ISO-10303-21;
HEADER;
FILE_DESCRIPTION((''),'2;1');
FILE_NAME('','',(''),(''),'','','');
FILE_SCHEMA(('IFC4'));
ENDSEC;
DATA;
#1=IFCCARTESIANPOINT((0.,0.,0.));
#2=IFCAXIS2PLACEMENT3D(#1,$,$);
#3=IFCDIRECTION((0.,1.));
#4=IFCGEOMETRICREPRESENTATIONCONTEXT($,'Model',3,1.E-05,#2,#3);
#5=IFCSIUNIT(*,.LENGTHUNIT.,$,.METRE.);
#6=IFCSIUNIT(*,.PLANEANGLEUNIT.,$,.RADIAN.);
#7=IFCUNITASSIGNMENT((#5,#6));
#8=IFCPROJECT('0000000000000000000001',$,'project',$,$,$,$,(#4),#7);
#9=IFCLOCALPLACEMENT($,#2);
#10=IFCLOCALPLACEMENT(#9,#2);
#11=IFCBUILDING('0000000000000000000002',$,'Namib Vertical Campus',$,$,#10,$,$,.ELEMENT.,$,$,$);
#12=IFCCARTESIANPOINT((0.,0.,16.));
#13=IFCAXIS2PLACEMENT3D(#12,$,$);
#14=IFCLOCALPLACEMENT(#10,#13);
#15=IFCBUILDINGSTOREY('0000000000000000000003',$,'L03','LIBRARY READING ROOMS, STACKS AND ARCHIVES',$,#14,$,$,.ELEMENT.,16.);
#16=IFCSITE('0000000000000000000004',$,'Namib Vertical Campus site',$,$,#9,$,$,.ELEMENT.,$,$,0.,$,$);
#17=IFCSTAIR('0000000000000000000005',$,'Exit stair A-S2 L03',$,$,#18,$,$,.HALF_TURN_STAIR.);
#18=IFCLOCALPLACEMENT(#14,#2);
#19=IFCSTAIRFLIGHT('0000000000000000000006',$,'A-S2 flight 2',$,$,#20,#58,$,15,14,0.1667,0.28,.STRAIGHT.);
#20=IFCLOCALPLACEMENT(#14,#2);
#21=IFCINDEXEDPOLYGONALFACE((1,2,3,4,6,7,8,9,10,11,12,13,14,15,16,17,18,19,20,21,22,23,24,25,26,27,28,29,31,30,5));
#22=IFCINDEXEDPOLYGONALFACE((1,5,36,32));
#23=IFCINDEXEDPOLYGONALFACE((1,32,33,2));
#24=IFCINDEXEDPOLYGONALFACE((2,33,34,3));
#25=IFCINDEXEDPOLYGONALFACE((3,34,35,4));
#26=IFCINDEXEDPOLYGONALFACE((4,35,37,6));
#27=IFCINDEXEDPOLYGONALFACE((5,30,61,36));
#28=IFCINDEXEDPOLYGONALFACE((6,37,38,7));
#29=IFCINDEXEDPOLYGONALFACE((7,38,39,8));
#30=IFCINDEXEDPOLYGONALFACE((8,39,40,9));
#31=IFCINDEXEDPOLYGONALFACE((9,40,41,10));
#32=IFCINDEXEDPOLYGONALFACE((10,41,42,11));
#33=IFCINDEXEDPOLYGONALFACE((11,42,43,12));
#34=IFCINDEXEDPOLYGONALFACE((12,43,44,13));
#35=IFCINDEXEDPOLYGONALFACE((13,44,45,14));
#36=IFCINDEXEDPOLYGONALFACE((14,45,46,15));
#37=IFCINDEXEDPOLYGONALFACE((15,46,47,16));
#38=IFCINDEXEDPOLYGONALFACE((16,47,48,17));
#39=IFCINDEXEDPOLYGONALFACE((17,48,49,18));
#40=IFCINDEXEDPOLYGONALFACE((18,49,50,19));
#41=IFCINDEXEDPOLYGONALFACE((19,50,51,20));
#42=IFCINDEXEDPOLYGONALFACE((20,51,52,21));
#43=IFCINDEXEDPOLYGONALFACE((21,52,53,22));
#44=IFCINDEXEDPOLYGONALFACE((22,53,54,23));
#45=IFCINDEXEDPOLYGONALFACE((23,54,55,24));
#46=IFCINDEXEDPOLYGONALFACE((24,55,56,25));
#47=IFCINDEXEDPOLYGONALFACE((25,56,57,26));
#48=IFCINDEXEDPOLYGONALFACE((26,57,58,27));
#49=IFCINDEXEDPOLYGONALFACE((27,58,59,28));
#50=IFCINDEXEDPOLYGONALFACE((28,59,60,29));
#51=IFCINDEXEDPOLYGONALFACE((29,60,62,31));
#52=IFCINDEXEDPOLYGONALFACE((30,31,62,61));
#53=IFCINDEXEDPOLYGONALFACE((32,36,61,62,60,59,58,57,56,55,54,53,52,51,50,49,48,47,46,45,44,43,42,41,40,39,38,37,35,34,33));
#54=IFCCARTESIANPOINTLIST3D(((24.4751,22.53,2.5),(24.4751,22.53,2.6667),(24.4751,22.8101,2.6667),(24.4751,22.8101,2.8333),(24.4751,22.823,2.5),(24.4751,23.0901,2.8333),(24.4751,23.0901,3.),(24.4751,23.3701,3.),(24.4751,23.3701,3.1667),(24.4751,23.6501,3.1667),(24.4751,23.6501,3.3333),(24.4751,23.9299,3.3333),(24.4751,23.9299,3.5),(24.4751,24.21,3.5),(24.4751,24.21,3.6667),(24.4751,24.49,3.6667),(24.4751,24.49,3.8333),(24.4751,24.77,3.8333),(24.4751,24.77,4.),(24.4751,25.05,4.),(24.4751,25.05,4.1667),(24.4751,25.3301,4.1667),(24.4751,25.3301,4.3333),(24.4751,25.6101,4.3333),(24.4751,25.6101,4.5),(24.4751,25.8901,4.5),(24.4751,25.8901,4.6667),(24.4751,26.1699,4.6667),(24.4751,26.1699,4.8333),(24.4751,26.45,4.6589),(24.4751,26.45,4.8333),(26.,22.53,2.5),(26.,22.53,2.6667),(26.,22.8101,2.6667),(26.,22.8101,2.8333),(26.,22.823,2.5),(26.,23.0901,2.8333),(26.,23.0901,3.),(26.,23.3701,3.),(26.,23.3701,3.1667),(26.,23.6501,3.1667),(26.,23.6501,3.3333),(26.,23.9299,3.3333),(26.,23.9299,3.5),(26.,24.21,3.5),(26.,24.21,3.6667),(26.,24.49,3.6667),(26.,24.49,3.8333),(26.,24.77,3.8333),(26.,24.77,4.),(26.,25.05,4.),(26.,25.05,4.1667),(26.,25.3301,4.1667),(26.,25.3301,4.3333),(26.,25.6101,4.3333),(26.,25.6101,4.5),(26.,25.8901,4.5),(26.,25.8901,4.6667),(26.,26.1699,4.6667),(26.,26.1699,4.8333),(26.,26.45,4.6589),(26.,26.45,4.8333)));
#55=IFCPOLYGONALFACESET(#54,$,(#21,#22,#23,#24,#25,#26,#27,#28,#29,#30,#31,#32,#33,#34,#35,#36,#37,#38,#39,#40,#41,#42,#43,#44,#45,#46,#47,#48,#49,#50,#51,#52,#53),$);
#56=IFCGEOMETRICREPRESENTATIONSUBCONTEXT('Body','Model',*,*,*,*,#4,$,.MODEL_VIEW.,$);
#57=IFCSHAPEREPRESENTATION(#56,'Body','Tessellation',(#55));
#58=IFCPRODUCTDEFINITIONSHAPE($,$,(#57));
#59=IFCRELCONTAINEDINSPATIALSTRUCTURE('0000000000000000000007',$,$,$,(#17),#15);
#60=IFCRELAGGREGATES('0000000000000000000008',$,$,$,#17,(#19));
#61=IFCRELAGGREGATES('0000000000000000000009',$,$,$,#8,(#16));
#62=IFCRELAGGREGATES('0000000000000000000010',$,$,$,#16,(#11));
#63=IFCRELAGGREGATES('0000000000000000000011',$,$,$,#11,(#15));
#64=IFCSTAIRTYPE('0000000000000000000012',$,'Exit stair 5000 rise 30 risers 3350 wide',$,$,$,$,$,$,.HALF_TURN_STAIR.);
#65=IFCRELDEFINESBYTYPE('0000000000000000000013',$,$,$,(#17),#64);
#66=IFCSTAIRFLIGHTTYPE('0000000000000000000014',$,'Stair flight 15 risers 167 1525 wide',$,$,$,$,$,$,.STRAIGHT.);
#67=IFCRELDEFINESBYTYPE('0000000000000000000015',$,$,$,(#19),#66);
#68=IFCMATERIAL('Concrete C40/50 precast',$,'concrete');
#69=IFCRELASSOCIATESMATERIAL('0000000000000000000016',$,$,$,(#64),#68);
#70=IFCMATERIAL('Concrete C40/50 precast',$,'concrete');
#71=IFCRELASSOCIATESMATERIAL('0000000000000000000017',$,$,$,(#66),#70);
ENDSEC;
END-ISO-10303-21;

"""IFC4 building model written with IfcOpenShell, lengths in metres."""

from ifc_helpers import new_model, si_unit, direction, frame, origin, place, context, subcontext, project, spatial, polyline, outline, extrude, material, type_object, element, aggregate, save


model = new_model("IFC4")

# Units and contexts
model_context = context("Model", 3, precision=1e-05, world=origin(), true_north=direction((0.0, 1.0)))
body_context = subcontext(model_context, "Body", "Model", "MODEL_VIEW")
ifc_project = project(units=[si_unit("LENGTHUNIT", "METRE"), si_unit("PLANEANGLEUNIT", "RADIAN")], contexts=[model_context])

# Site, building, storey
site_placement = place(None, origin())
site = spatial("IfcSite", under=ifc_project, at=site_placement, Name="Namib Vertical Campus site", CompositionType="ELEMENT", RefElevation=0.0)
building_placement = place(site_placement, origin())
building = spatial("IfcBuilding", under=site, at=building_placement, Name="Namib Vertical Campus", CompositionType="ELEMENT")
storey_placement = place(building_placement, frame((0.0, 0.0, 16.0)))
storey = spatial("IfcBuildingStorey", under=building, at=storey_placement, Name="L03", Description="LIBRARY READING ROOMS, STACKS AND ARCHIVES", CompositionType="ELEMENT", Elevation=16.0)

# Stair, stair flight
ifc_material_1 = material(Name="Concrete C40/50 precast", Category="concrete")
stair_type = type_object("IfcStairType", Name="Exit stair 5000 rise 30 risers 3350 wide", PredefinedType="HALF_TURN_STAIR", material=ifc_material_1)
stair_placement = place(storey_placement, origin())
stair = element("IfcStair", 1, at=stair_placement, inside=storey, type_object=stair_type, Name="Exit stair A-S2 L03", PredefinedType="HALF_TURN_STAIR")
ifc_material_2 = material(Name="Concrete C40/50 precast", Category="concrete")
stair_flight_type = type_object("IfcStairFlightType", Name="Stair flight 15 risers 167 1525 wide", PredefinedType="STRAIGHT", material=ifc_material_2)
stair_flight_1_placement = place(storey_placement, frame((25.2375, 22.53, 2.5), z_axis=(0.0, 0.0, 1.0), x_axis=(0.0, 1.0, 0.0)))
stair_flight_1 = element("IfcStairFlight", 2, at=stair_flight_1_placement, type_object=stair_flight_type, Name="A-S2 flight 2", NumberOfRisers=15, NumberOfTreads=14, PredefinedType="STRAIGHT", RiserHeight=0.1667, TreadLength=0.28, context=body_context, shape_type="SweptSolid", body=[
    extrude(outline(polyline([(0.0, 0.0), (0.0, 0.1667), (0.28, 0.1667), (0.28, 0.3333), (0.5601, 0.3333), (0.5601, 0.5), (0.8401, 0.5), (0.8401, 0.6667), (1.1201, 0.6667), (1.1201, 0.8333), (1.3999, 0.8333), (1.3999, 1.0), (1.6799, 1.0), (1.6799, 1.1667), (1.96, 1.1667), (1.96, 1.3333), (2.24, 1.3333), (2.24, 1.5), (2.52, 1.5), (2.52, 1.6667), (2.8, 1.6667), (2.8, 1.8333), (3.0801, 1.8333), (3.0801, 2.0), (3.3601, 2.0), (3.3601, 2.1667), (3.6399, 2.1667), (3.6399, 2.3333), (3.9199, 2.3333), (3.9199, 2.5), (3.9199, 2.1589), (0.293, 0.0), (0.0, 0.0)])), frame((0.0, 0.7625, 0.0), z_axis=(0.0, -1.0, 0.0), x_axis=(1.0, 0.0, 0.0)), (0.0, 0.0, 1.0), 1.5249),
])
aggregate(stair, [stair_flight_1])

save(model, "model.ifc")
